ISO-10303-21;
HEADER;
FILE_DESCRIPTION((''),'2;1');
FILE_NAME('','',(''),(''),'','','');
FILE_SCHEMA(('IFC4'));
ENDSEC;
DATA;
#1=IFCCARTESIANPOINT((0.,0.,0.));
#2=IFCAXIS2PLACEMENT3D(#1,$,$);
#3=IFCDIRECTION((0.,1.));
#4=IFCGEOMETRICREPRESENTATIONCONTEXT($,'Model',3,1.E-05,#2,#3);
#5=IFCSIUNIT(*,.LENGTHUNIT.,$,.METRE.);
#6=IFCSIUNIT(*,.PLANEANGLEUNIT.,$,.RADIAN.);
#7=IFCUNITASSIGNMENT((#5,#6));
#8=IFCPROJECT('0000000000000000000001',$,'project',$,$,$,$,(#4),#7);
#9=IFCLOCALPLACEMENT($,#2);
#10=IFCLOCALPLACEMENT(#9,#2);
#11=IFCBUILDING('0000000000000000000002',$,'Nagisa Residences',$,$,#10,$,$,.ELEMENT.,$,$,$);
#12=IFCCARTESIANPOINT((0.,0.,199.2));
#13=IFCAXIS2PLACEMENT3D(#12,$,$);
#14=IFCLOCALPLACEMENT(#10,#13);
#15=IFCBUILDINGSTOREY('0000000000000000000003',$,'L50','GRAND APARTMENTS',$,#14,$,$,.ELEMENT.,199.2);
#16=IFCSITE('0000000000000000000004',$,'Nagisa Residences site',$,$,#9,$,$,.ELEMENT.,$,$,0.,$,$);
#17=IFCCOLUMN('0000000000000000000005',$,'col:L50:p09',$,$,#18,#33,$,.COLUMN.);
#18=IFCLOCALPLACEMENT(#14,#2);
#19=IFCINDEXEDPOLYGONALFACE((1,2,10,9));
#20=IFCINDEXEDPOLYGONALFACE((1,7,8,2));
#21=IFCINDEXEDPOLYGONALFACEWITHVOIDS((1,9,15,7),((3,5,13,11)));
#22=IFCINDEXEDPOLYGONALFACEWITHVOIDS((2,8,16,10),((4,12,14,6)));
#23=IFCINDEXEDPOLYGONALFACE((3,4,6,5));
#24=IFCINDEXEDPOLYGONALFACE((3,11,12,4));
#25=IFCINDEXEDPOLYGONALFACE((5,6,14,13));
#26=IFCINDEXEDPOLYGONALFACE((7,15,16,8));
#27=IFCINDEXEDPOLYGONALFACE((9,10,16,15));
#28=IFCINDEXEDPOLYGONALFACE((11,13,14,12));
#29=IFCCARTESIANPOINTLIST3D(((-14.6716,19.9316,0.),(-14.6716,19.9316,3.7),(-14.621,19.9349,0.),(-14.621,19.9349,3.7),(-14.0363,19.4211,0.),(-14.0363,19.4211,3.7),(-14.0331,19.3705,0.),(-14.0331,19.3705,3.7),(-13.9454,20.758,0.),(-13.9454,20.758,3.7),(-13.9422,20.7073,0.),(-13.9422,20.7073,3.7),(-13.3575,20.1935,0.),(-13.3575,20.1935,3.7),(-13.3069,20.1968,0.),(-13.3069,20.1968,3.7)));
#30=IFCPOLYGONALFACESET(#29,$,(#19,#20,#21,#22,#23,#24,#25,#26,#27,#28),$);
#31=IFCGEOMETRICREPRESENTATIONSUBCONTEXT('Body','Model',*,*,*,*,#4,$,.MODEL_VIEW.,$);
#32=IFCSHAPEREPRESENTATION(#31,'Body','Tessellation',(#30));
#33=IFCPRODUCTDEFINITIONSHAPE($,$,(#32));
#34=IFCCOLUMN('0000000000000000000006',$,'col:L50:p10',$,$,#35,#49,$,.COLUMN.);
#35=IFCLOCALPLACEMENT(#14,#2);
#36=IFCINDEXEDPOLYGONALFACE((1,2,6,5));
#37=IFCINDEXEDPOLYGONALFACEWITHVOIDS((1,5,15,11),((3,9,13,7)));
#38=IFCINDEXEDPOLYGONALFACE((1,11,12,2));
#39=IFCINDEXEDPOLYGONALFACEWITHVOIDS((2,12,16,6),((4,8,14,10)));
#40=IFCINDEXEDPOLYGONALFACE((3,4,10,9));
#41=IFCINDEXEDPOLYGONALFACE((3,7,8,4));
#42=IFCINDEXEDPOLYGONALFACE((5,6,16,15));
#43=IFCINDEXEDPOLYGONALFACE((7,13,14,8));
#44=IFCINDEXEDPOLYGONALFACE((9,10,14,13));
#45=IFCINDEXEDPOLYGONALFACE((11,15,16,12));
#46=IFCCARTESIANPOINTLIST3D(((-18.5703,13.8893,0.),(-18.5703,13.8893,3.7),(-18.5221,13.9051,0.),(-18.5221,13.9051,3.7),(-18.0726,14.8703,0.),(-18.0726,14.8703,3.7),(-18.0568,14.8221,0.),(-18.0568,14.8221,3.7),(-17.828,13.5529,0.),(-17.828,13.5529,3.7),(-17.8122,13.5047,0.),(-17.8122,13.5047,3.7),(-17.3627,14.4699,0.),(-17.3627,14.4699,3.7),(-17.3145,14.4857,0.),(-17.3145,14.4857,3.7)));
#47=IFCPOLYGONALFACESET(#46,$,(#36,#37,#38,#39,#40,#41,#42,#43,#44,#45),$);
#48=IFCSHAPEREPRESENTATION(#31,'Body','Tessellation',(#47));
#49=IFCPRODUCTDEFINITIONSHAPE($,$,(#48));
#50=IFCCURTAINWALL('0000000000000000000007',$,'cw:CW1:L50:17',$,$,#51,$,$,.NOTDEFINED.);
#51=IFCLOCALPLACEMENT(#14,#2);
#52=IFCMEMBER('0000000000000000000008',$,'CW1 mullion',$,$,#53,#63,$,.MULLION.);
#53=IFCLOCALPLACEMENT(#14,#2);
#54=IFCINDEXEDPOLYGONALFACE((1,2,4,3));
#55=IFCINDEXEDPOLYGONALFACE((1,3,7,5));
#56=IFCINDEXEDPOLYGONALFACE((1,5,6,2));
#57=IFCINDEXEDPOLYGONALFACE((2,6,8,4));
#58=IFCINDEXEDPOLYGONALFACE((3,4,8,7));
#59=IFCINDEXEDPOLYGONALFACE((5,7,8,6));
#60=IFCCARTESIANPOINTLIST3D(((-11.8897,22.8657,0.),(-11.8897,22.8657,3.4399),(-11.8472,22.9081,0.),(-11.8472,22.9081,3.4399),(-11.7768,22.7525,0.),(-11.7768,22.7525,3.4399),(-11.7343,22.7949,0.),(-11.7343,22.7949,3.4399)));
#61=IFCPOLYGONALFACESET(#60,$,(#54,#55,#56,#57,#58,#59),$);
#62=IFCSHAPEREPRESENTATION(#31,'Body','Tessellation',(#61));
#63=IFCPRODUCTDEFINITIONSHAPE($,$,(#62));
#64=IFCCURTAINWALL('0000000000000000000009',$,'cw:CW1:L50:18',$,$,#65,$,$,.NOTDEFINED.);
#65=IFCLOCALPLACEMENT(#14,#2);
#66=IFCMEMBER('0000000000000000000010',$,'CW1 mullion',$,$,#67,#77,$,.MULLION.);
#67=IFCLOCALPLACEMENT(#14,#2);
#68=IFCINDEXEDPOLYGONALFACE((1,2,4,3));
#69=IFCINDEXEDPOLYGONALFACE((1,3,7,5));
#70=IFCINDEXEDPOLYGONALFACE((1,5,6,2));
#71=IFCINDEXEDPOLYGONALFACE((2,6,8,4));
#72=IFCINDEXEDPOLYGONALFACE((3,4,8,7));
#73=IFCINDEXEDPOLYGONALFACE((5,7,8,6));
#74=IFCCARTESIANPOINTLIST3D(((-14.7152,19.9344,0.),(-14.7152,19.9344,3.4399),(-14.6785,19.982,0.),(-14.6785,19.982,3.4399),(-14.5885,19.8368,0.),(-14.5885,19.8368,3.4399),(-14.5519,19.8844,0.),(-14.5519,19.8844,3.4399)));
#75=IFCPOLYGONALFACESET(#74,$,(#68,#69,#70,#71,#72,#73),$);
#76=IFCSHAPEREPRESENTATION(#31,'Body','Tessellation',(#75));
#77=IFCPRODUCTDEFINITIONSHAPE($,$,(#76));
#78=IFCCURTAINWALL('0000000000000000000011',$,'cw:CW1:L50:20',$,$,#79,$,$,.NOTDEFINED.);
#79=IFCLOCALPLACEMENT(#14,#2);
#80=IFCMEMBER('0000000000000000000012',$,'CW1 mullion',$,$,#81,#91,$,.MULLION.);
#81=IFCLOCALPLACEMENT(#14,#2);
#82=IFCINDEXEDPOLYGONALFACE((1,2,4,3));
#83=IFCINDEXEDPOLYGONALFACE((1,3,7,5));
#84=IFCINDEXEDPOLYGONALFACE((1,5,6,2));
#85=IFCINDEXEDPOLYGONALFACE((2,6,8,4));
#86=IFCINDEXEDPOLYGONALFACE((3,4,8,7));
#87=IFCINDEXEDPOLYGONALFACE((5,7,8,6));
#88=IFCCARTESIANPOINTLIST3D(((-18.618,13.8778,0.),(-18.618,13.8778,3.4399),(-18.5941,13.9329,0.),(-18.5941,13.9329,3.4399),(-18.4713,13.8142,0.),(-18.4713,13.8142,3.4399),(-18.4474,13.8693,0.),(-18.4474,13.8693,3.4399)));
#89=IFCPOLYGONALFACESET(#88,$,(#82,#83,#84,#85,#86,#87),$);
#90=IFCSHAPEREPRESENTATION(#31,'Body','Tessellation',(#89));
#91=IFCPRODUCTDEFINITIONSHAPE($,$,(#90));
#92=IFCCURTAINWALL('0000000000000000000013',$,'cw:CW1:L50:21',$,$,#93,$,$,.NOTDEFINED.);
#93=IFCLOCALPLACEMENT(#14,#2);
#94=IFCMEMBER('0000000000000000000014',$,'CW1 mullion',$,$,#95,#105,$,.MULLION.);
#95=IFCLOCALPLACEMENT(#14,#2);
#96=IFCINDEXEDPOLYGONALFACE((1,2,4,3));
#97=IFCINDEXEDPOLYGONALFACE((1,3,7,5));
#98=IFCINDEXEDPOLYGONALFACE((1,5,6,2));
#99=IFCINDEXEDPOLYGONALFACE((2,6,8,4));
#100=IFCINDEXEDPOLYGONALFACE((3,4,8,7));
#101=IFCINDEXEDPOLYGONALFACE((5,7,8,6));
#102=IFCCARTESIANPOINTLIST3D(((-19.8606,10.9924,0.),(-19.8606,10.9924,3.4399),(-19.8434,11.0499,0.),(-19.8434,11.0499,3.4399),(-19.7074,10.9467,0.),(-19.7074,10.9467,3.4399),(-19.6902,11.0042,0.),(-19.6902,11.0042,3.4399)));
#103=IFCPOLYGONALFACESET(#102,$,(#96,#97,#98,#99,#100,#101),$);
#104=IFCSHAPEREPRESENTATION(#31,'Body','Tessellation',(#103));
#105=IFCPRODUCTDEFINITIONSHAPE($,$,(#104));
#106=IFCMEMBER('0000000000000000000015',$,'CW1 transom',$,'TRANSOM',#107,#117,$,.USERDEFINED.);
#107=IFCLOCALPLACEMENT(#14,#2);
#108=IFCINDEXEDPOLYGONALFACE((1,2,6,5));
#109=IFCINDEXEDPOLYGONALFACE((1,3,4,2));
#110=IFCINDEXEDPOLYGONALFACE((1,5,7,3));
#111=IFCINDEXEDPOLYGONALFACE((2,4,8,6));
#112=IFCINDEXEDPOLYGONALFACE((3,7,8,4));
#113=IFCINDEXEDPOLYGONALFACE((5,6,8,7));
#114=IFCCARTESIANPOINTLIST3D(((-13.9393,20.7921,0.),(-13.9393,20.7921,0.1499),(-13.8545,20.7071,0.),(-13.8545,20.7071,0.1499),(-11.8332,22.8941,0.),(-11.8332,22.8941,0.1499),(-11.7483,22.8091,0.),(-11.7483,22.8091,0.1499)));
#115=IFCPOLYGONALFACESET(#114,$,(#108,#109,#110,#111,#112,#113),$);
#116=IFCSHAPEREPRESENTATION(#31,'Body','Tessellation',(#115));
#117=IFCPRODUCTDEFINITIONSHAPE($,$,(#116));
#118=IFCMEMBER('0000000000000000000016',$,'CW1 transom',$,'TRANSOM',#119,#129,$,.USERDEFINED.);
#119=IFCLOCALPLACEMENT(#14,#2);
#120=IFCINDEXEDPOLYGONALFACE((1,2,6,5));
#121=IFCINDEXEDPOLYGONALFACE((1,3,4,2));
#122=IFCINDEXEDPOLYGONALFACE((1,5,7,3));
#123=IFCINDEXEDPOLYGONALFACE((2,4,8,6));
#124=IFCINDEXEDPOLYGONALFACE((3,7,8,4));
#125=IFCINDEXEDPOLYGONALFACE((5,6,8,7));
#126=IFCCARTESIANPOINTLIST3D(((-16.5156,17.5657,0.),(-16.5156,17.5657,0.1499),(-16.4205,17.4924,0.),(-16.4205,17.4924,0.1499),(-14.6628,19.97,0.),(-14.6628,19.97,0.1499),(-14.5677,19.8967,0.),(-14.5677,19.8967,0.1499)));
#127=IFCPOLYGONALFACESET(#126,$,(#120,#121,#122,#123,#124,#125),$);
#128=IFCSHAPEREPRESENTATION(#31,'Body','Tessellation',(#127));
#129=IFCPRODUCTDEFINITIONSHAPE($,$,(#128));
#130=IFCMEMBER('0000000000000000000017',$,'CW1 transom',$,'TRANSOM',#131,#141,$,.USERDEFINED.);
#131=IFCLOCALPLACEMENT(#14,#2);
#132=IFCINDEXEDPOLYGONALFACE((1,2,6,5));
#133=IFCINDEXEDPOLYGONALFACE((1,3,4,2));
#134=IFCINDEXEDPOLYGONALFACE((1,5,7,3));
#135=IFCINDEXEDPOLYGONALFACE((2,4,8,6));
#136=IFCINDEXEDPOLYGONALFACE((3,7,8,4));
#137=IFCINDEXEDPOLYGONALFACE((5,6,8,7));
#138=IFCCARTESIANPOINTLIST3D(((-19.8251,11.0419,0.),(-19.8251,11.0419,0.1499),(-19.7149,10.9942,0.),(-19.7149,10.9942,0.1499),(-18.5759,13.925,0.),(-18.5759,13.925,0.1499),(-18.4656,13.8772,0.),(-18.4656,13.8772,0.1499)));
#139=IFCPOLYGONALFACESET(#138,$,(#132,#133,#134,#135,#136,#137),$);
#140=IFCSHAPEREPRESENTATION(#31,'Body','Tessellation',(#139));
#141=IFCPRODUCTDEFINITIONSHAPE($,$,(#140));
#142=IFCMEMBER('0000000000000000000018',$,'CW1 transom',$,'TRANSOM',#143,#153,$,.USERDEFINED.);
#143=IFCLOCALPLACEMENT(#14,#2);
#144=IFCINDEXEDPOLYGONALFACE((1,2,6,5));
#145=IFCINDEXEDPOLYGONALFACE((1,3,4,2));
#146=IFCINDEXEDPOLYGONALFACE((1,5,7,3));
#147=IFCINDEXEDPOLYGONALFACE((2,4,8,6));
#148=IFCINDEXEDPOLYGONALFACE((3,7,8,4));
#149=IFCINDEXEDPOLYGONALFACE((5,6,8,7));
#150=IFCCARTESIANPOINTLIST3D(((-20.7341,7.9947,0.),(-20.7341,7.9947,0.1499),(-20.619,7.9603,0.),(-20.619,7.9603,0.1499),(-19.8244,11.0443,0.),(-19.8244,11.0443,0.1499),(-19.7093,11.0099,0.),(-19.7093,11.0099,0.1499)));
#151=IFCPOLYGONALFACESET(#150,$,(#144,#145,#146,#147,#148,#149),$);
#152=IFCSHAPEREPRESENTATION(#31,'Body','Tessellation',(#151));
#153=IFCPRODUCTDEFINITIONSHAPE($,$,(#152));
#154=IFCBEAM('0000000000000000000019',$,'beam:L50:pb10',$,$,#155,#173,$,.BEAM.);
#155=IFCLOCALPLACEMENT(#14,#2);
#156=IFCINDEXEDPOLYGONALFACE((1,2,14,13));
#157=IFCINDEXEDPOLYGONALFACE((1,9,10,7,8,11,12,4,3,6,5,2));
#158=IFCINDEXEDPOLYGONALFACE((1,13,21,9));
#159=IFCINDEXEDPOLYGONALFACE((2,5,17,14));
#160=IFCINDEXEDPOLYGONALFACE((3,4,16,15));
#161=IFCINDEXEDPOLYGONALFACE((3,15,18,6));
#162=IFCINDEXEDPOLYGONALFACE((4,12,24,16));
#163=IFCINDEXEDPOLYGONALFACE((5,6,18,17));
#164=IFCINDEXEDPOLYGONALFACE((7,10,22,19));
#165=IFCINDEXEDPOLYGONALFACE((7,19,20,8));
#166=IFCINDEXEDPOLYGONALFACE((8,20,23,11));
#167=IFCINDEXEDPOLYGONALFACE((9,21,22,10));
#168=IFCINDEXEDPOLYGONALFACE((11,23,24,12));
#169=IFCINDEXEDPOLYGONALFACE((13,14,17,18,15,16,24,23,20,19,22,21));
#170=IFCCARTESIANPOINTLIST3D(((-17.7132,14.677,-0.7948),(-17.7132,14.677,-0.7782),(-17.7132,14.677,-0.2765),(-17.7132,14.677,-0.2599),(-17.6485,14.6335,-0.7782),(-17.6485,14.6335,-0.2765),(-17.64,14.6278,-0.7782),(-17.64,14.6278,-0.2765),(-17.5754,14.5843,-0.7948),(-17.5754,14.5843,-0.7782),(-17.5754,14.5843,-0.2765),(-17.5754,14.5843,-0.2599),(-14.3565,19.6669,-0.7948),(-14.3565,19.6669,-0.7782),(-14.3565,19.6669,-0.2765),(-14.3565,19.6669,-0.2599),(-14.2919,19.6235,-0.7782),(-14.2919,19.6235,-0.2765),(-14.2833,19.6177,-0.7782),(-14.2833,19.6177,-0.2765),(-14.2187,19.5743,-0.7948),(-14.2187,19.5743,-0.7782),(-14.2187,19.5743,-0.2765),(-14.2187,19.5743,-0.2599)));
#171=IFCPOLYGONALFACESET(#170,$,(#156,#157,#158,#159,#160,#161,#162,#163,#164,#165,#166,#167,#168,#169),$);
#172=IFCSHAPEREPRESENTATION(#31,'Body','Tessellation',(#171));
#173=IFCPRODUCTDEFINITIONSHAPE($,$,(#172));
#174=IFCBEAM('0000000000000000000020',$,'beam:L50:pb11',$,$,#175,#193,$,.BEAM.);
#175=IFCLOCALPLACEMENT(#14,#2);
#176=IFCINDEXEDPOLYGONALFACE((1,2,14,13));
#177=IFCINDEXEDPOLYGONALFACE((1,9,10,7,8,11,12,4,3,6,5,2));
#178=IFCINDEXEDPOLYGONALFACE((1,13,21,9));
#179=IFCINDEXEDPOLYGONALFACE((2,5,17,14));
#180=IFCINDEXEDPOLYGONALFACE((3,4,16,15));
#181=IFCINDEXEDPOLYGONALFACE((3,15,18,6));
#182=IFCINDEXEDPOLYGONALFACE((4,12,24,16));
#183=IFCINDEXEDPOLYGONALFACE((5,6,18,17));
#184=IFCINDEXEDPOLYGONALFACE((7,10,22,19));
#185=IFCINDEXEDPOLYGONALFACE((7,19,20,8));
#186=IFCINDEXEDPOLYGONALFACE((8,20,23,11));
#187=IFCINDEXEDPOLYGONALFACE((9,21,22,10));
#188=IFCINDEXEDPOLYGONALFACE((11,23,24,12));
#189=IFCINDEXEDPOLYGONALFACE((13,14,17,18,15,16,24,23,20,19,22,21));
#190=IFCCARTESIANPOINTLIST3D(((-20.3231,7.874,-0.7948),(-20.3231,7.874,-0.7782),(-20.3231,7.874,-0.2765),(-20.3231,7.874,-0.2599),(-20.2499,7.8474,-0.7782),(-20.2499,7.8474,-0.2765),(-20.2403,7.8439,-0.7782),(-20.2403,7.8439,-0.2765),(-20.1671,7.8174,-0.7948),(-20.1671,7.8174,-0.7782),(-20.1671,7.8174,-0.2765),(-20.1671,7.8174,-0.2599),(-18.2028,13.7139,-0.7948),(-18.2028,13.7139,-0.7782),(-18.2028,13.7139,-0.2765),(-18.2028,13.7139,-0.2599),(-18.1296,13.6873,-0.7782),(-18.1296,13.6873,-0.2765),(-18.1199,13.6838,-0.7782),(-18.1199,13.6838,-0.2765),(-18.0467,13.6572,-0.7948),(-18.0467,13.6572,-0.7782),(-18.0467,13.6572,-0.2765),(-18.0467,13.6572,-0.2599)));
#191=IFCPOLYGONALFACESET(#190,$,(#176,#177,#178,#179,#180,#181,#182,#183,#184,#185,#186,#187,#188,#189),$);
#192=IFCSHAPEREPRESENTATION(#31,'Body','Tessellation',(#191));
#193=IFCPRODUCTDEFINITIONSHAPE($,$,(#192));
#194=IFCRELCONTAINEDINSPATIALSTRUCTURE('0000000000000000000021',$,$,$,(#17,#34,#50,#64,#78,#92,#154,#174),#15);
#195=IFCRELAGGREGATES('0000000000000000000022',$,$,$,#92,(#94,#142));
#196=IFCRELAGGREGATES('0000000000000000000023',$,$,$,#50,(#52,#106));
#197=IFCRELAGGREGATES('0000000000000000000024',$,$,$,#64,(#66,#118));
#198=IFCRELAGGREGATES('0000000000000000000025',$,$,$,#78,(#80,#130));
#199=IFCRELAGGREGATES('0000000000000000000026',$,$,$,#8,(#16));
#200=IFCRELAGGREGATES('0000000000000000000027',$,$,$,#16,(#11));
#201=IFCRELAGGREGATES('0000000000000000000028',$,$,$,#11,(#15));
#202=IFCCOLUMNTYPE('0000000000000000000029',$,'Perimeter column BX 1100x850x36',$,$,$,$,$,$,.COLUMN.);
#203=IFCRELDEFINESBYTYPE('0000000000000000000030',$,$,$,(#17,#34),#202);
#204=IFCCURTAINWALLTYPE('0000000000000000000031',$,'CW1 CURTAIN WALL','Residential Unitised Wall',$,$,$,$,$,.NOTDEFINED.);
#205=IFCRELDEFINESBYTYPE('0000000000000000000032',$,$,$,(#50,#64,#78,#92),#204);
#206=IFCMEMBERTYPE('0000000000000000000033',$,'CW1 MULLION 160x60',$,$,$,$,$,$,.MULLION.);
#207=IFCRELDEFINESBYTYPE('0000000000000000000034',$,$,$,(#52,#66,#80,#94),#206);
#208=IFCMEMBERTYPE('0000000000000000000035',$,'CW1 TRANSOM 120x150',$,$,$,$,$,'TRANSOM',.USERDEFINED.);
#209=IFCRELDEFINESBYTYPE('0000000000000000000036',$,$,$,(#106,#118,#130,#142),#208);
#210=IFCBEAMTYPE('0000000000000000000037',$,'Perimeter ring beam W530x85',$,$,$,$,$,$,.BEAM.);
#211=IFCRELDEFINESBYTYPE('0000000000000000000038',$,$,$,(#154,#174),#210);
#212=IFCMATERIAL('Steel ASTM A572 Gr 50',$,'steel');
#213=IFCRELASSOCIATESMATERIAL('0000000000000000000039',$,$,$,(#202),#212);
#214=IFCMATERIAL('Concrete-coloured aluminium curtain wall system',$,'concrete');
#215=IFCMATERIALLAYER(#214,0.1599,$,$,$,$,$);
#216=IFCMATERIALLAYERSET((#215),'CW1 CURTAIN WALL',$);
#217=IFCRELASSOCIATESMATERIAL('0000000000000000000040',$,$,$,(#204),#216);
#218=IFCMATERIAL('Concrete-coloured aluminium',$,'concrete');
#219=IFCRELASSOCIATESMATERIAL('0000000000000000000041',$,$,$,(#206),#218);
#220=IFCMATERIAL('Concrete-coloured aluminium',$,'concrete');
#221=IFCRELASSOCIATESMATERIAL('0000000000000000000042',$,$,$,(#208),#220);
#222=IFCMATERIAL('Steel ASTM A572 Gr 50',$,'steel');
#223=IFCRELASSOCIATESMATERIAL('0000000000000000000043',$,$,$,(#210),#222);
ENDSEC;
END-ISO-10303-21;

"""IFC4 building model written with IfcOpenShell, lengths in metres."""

from ifc_helpers import new_model, si_unit, direction, frame, origin, origin_2d, place, context, subcontext, project, spatial, rectangle, hollow_rectangle, i_section, extrude, material, layer, layer_set, material_profile, profile_set, type_object, element, aggregate, save


model = new_model("IFC4")

# Units and contexts
model_context = context("Model", 3, precision=1e-05, world=origin(), true_north=direction((0.0, 1.0)))
body_context = subcontext(model_context, "Body", "Model", "MODEL_VIEW")
ifc_project = project(units=[si_unit("LENGTHUNIT", "METRE"), si_unit("PLANEANGLEUNIT", "RADIAN")], contexts=[model_context])

# Site, building, storey
site_placement = place(None, origin())
site = spatial("IfcSite", under=ifc_project, at=site_placement, Name="Nagisa Residences site", CompositionType="ELEMENT", RefElevation=0.0)
building_placement = place(site_placement, origin())
building = spatial("IfcBuilding", under=site, at=building_placement, Name="Nagisa Residences", CompositionType="ELEMENT")
storey_placement = place(building_placement, frame((0.0, 0.0, 199.2)))
storey = spatial("IfcBuildingStorey", under=building, at=storey_placement, Name="L50", Description="GRAND APARTMENTS", CompositionType="ELEMENT", Elevation=199.2)

# Columns
ifc_material_1 = material(Name="Steel ASTM A572 Gr 50", Category="steel")
ifc_material_profile_1 = material_profile(ifc_material_1, hollow_rectangle(XDim=1.1001, YDim=0.8501, WallThickness=0.0359, at=origin_2d()), Name="BX 1100x850x36")
ifc_profile_set_1 = profile_set([ifc_material_profile_1], Name="Steel ASTM A572 Gr 50")
column_type = type_object("IfcColumnType", Name="Perimeter column BX 1100x850x36", PredefinedType="COLUMN", material=ifc_profile_set_1)
for number, where, z_axis, x_axis, name in (
    (1, (-13.9893, 20.0642, 0.0), (0.0, 0.0, 1.0), (-0.660115, -0.751165, 0.0), "col:L50:p09"),
    (2, (-17.9424, 14.1875, 0.0), (0.0, 0.0, 1.0), (-0.452463, -0.891783, 0.0), "col:L50:p10"),
):
    element("IfcColumn", number, at=place(storey_placement, frame(where, z_axis=z_axis, x_axis=x_axis)), inside=storey, type_object=column_type, Name=name, PredefinedType="COLUMN", context=body_context, shape_type="SweptSolid", body=[
        extrude(hollow_rectangle(XDim=1.1001, YDim=0.8501, WallThickness=0.0359, at=origin_2d()), origin(), (0.0, 0.0, 1.0), 3.7),
    ])

# Curtain walls, members
ifc_material_2 = material(Name="Concrete-coloured aluminium curtain wall system", Category="concrete")
ifc_layer_1 = layer(ifc_material_2, 0.1599)
ifc_layer_set_1 = layer_set([ifc_layer_1], Name="CW1 CURTAIN WALL")
curtain_wall_type = type_object("IfcCurtainWallType", Name="CW1 CURTAIN WALL", Description="Residential Unitised Wall", PredefinedType="NOTDEFINED", material=ifc_layer_set_1)
curtain_wall_1_placement = place(storey_placement, origin())
curtain_wall_1 = element("IfcCurtainWall", 3, at=curtain_wall_1_placement, inside=storey, type_object=curtain_wall_type, Name="cw:CW1:L50:17", PredefinedType="NOTDEFINED")
ifc_material_3 = material(Name="Concrete-coloured aluminium", Category="concrete")
ifc_material_profile_2 = material_profile(ifc_material_3, rectangle(XDim=0.1599, YDim=0.0601, at=origin_2d()), Name="CW1 MULLION 160x60")
ifc_profile_set_2 = profile_set([ifc_material_profile_2], Name="Concrete-coloured aluminium")
member_type_1 = type_object("IfcMemberType", Name="CW1 MULLION 160x60", PredefinedType="MULLION", material=ifc_profile_set_2)
member_1_placement = place(storey_placement, frame((-11.812, 22.8303, 0.0), z_axis=(0.0, 0.0, 1.0), x_axis=(0.706377, -0.707836, 0.0)))
member_1 = element("IfcMember", 4, at=member_1_placement, type_object=member_type_1, Name="CW1 mullion", PredefinedType="MULLION", context=body_context, shape_type="SweptSolid", body=[
    extrude(rectangle(XDim=0.1599, YDim=0.0601, at=origin_2d()), origin(), (0.0, 0.0, 1.0), 3.4399),
])
curtain_wall_2_placement = place(storey_placement, origin())
curtain_wall_2 = element("IfcCurtainWall", 5, at=curtain_wall_2_placement, inside=storey, type_object=curtain_wall_type, Name="cw:CW1:L50:18", PredefinedType="NOTDEFINED")
member_2_placement = place(storey_placement, frame((-14.6335, 19.9094, 0.0), z_axis=(0.0, 0.0, 1.0), x_axis=(0.79207, -0.61043, 0.0)))
member_2 = element("IfcMember", 6, at=member_2_placement, type_object=member_type_1, Name="CW1 mullion", PredefinedType="MULLION", context=body_context, shape_type="SweptSolid", body=[
    extrude(rectangle(XDim=0.1599, YDim=0.0601, at=origin_2d()), origin(), (0.0, 0.0, 1.0), 3.4399),
])
curtain_wall_3_placement = place(storey_placement, origin())
curtain_wall_3 = element("IfcCurtainWall", 7, at=curtain_wall_3_placement, inside=storey, type_object=curtain_wall_type, Name="cw:CW1:L50:20", PredefinedType="NOTDEFINED")
member_3_placement = place(storey_placement, frame((-18.5327, 13.8735, 0.0), z_axis=(0.0, 0.0, 1.0), x_axis=(0.917543, -0.397636, 0.0)))
member_3 = element("IfcMember", 8, at=member_3_placement, type_object=member_type_1, Name="CW1 mullion", PredefinedType="MULLION", context=body_context, shape_type="SweptSolid", body=[
    extrude(rectangle(XDim=0.1599, YDim=0.0601, at=origin_2d()), origin(), (0.0, 0.0, 1.0), 3.4399),
])
curtain_wall_4_placement = place(storey_placement, origin())
curtain_wall_4 = element("IfcCurtainWall", 9, at=curtain_wall_4_placement, inside=storey, type_object=curtain_wall_type, Name="cw:CW1:L50:21", PredefinedType="NOTDEFINED")
member_4_placement = place(storey_placement, frame((-19.7754, 10.9983, 0.0), z_axis=(0.0, 0.0, 1.0), x_axis=(0.958271, -0.28586, 0.0)))
member_4 = element("IfcMember", 10, at=member_4_placement, type_object=member_type_1, Name="CW1 mullion", PredefinedType="MULLION", context=body_context, shape_type="SweptSolid", body=[
    extrude(rectangle(XDim=0.1599, YDim=0.0601, at=origin_2d()), origin(), (0.0, 0.0, 1.0), 3.4399),
])

# Members
ifc_material_4 = material(Name="Concrete-coloured aluminium", Category="concrete")
ifc_material_profile_3 = material_profile(ifc_material_4, rectangle(XDim=0.1201, YDim=0.1499, at=origin_2d()), Name="CW1 TRANSOM 120x150")
ifc_profile_set_3 = profile_set([ifc_material_profile_3], Name="Concrete-coloured aluminium")
member_type_2 = type_object("IfcMemberType", Name="CW1 TRANSOM 120x150", ElementType="TRANSOM", PredefinedType="USERDEFINED", material=ifc_profile_set_3)
member_5_placement = place(storey_placement, frame((-11.7908, 22.8516, 0.075), z_axis=(-0.707804, -0.706409, 0.0), x_axis=(0.706409, -0.707804, 0.0)))
member_5 = element("IfcMember", 11, at=member_5_placement, type_object=member_type_2, Name="CW1 transom", ObjectType="TRANSOM", PredefinedType="USERDEFINED", context=body_context, shape_type="SweptSolid", body=[
    extrude(rectangle(XDim=0.1201, YDim=0.1499, at=origin_2d()), origin(), (0.0, 0.0, 1.0), 2.9756),
])
member_6_placement = place(storey_placement, frame((-14.6152, 19.9333, 0.075), z_axis=(-0.610399, -0.792094, 0.0), x_axis=(0.792094, -0.610399, 0.0)))
member_6 = element("IfcMember", 12, at=member_6_placement, type_object=member_type_2, Name="CW1 transom", ObjectType="TRANSOM", PredefinedType="USERDEFINED", context=body_context, shape_type="SweptSolid", body=[
    extrude(rectangle(XDim=0.1201, YDim=0.1499, at=origin_2d()), origin(), (0.0, 0.0, 1.0), 3.0354),
])
member_7_placement = place(storey_placement, frame((-18.5208, 13.9011, 0.075), z_axis=(-0.397592, -0.917562, 0.0), x_axis=(0.917562, -0.397592, 0.0)))
member_7 = element("IfcMember", 13, at=member_7_placement, type_object=member_type_2, Name="CW1 transom", ObjectType="TRANSOM", PredefinedType="USERDEFINED", context=body_context, shape_type="SweptSolid", body=[
    extrude(rectangle(XDim=0.1201, YDim=0.1499, at=origin_2d()), origin(), (0.0, 0.0, 1.0), 3.1421),
])
member_8_placement = place(storey_placement, frame((-19.7668, 11.0271, 0.075), z_axis=(-0.285848, -0.958275, 0.0), x_axis=(0.958275, -0.285848, 0.0)))
member_8 = element("IfcMember", 14, at=member_8_placement, type_object=member_type_2, Name="CW1 transom", ObjectType="TRANSOM", PredefinedType="USERDEFINED", context=body_context, shape_type="SweptSolid", body=[
    extrude(rectangle(XDim=0.1201, YDim=0.1499, at=origin_2d()), origin(), (0.0, 0.0, 1.0), 3.1824),
])
aggregate(curtain_wall_4, [member_4, member_8])

# Beams
ifc_material_5 = material(Name="Steel ASTM A572 Gr 50", Category="steel")
ifc_material_profile_4 = material_profile(ifc_material_5, i_section(OverallWidth=0.166, OverallDepth=0.5349, WebThickness=0.0103, FlangeThickness=0.0166, at=origin_2d()), Name="W530x85")
ifc_profile_set_4 = profile_set([ifc_material_profile_4], Name="Steel ASTM A572 Gr 50")
beam_type_1 = type_object("IfcBeamType", Name="Perimeter ring beam W530x85", PredefinedType="BEAM", material=ifc_profile_set_4)
beam_1_placement = place(storey_placement, frame((-14.2876, 19.6206, -0.5273), z_axis=(-0.558152, -0.829739, 0.0), x_axis=(0.829739, -0.558152, 0.0)))
element("IfcBeam", 15, at=beam_1_placement, inside=storey, type_object=beam_type_1, Name="beam:L50:pb10", PredefinedType="BEAM", context=body_context, shape_type="SweptSolid", body=[
    extrude(i_section(OverallWidth=0.166, OverallDepth=0.5349, WebThickness=0.0103, FlangeThickness=0.0166, at=origin_2d()), origin(), (0.0, 0.0, 1.0), 6.0139),
])
beam_2_placement = place(storey_placement, frame((-18.1248, 13.6855, -0.5273), z_axis=(-0.341286, -0.93996, 0.0), x_axis=(0.93996, -0.341286, 0.0)))
element("IfcBeam", 16, at=beam_2_placement, inside=storey, type_object=beam_type_1, Name="beam:L50:pb11", PredefinedType="BEAM", context=body_context, shape_type="SweptSolid", body=[
    extrude(i_section(OverallWidth=0.166, OverallDepth=0.5349, WebThickness=0.0103, FlangeThickness=0.0166, at=origin_2d()), origin(), (0.0, 0.0, 1.0), 6.2129),
])

aggregate(curtain_wall_1, [member_1, member_5])
aggregate(curtain_wall_2, [member_2, member_6])
aggregate(curtain_wall_3, [member_3, member_7])

save(model, "model.ifc")
